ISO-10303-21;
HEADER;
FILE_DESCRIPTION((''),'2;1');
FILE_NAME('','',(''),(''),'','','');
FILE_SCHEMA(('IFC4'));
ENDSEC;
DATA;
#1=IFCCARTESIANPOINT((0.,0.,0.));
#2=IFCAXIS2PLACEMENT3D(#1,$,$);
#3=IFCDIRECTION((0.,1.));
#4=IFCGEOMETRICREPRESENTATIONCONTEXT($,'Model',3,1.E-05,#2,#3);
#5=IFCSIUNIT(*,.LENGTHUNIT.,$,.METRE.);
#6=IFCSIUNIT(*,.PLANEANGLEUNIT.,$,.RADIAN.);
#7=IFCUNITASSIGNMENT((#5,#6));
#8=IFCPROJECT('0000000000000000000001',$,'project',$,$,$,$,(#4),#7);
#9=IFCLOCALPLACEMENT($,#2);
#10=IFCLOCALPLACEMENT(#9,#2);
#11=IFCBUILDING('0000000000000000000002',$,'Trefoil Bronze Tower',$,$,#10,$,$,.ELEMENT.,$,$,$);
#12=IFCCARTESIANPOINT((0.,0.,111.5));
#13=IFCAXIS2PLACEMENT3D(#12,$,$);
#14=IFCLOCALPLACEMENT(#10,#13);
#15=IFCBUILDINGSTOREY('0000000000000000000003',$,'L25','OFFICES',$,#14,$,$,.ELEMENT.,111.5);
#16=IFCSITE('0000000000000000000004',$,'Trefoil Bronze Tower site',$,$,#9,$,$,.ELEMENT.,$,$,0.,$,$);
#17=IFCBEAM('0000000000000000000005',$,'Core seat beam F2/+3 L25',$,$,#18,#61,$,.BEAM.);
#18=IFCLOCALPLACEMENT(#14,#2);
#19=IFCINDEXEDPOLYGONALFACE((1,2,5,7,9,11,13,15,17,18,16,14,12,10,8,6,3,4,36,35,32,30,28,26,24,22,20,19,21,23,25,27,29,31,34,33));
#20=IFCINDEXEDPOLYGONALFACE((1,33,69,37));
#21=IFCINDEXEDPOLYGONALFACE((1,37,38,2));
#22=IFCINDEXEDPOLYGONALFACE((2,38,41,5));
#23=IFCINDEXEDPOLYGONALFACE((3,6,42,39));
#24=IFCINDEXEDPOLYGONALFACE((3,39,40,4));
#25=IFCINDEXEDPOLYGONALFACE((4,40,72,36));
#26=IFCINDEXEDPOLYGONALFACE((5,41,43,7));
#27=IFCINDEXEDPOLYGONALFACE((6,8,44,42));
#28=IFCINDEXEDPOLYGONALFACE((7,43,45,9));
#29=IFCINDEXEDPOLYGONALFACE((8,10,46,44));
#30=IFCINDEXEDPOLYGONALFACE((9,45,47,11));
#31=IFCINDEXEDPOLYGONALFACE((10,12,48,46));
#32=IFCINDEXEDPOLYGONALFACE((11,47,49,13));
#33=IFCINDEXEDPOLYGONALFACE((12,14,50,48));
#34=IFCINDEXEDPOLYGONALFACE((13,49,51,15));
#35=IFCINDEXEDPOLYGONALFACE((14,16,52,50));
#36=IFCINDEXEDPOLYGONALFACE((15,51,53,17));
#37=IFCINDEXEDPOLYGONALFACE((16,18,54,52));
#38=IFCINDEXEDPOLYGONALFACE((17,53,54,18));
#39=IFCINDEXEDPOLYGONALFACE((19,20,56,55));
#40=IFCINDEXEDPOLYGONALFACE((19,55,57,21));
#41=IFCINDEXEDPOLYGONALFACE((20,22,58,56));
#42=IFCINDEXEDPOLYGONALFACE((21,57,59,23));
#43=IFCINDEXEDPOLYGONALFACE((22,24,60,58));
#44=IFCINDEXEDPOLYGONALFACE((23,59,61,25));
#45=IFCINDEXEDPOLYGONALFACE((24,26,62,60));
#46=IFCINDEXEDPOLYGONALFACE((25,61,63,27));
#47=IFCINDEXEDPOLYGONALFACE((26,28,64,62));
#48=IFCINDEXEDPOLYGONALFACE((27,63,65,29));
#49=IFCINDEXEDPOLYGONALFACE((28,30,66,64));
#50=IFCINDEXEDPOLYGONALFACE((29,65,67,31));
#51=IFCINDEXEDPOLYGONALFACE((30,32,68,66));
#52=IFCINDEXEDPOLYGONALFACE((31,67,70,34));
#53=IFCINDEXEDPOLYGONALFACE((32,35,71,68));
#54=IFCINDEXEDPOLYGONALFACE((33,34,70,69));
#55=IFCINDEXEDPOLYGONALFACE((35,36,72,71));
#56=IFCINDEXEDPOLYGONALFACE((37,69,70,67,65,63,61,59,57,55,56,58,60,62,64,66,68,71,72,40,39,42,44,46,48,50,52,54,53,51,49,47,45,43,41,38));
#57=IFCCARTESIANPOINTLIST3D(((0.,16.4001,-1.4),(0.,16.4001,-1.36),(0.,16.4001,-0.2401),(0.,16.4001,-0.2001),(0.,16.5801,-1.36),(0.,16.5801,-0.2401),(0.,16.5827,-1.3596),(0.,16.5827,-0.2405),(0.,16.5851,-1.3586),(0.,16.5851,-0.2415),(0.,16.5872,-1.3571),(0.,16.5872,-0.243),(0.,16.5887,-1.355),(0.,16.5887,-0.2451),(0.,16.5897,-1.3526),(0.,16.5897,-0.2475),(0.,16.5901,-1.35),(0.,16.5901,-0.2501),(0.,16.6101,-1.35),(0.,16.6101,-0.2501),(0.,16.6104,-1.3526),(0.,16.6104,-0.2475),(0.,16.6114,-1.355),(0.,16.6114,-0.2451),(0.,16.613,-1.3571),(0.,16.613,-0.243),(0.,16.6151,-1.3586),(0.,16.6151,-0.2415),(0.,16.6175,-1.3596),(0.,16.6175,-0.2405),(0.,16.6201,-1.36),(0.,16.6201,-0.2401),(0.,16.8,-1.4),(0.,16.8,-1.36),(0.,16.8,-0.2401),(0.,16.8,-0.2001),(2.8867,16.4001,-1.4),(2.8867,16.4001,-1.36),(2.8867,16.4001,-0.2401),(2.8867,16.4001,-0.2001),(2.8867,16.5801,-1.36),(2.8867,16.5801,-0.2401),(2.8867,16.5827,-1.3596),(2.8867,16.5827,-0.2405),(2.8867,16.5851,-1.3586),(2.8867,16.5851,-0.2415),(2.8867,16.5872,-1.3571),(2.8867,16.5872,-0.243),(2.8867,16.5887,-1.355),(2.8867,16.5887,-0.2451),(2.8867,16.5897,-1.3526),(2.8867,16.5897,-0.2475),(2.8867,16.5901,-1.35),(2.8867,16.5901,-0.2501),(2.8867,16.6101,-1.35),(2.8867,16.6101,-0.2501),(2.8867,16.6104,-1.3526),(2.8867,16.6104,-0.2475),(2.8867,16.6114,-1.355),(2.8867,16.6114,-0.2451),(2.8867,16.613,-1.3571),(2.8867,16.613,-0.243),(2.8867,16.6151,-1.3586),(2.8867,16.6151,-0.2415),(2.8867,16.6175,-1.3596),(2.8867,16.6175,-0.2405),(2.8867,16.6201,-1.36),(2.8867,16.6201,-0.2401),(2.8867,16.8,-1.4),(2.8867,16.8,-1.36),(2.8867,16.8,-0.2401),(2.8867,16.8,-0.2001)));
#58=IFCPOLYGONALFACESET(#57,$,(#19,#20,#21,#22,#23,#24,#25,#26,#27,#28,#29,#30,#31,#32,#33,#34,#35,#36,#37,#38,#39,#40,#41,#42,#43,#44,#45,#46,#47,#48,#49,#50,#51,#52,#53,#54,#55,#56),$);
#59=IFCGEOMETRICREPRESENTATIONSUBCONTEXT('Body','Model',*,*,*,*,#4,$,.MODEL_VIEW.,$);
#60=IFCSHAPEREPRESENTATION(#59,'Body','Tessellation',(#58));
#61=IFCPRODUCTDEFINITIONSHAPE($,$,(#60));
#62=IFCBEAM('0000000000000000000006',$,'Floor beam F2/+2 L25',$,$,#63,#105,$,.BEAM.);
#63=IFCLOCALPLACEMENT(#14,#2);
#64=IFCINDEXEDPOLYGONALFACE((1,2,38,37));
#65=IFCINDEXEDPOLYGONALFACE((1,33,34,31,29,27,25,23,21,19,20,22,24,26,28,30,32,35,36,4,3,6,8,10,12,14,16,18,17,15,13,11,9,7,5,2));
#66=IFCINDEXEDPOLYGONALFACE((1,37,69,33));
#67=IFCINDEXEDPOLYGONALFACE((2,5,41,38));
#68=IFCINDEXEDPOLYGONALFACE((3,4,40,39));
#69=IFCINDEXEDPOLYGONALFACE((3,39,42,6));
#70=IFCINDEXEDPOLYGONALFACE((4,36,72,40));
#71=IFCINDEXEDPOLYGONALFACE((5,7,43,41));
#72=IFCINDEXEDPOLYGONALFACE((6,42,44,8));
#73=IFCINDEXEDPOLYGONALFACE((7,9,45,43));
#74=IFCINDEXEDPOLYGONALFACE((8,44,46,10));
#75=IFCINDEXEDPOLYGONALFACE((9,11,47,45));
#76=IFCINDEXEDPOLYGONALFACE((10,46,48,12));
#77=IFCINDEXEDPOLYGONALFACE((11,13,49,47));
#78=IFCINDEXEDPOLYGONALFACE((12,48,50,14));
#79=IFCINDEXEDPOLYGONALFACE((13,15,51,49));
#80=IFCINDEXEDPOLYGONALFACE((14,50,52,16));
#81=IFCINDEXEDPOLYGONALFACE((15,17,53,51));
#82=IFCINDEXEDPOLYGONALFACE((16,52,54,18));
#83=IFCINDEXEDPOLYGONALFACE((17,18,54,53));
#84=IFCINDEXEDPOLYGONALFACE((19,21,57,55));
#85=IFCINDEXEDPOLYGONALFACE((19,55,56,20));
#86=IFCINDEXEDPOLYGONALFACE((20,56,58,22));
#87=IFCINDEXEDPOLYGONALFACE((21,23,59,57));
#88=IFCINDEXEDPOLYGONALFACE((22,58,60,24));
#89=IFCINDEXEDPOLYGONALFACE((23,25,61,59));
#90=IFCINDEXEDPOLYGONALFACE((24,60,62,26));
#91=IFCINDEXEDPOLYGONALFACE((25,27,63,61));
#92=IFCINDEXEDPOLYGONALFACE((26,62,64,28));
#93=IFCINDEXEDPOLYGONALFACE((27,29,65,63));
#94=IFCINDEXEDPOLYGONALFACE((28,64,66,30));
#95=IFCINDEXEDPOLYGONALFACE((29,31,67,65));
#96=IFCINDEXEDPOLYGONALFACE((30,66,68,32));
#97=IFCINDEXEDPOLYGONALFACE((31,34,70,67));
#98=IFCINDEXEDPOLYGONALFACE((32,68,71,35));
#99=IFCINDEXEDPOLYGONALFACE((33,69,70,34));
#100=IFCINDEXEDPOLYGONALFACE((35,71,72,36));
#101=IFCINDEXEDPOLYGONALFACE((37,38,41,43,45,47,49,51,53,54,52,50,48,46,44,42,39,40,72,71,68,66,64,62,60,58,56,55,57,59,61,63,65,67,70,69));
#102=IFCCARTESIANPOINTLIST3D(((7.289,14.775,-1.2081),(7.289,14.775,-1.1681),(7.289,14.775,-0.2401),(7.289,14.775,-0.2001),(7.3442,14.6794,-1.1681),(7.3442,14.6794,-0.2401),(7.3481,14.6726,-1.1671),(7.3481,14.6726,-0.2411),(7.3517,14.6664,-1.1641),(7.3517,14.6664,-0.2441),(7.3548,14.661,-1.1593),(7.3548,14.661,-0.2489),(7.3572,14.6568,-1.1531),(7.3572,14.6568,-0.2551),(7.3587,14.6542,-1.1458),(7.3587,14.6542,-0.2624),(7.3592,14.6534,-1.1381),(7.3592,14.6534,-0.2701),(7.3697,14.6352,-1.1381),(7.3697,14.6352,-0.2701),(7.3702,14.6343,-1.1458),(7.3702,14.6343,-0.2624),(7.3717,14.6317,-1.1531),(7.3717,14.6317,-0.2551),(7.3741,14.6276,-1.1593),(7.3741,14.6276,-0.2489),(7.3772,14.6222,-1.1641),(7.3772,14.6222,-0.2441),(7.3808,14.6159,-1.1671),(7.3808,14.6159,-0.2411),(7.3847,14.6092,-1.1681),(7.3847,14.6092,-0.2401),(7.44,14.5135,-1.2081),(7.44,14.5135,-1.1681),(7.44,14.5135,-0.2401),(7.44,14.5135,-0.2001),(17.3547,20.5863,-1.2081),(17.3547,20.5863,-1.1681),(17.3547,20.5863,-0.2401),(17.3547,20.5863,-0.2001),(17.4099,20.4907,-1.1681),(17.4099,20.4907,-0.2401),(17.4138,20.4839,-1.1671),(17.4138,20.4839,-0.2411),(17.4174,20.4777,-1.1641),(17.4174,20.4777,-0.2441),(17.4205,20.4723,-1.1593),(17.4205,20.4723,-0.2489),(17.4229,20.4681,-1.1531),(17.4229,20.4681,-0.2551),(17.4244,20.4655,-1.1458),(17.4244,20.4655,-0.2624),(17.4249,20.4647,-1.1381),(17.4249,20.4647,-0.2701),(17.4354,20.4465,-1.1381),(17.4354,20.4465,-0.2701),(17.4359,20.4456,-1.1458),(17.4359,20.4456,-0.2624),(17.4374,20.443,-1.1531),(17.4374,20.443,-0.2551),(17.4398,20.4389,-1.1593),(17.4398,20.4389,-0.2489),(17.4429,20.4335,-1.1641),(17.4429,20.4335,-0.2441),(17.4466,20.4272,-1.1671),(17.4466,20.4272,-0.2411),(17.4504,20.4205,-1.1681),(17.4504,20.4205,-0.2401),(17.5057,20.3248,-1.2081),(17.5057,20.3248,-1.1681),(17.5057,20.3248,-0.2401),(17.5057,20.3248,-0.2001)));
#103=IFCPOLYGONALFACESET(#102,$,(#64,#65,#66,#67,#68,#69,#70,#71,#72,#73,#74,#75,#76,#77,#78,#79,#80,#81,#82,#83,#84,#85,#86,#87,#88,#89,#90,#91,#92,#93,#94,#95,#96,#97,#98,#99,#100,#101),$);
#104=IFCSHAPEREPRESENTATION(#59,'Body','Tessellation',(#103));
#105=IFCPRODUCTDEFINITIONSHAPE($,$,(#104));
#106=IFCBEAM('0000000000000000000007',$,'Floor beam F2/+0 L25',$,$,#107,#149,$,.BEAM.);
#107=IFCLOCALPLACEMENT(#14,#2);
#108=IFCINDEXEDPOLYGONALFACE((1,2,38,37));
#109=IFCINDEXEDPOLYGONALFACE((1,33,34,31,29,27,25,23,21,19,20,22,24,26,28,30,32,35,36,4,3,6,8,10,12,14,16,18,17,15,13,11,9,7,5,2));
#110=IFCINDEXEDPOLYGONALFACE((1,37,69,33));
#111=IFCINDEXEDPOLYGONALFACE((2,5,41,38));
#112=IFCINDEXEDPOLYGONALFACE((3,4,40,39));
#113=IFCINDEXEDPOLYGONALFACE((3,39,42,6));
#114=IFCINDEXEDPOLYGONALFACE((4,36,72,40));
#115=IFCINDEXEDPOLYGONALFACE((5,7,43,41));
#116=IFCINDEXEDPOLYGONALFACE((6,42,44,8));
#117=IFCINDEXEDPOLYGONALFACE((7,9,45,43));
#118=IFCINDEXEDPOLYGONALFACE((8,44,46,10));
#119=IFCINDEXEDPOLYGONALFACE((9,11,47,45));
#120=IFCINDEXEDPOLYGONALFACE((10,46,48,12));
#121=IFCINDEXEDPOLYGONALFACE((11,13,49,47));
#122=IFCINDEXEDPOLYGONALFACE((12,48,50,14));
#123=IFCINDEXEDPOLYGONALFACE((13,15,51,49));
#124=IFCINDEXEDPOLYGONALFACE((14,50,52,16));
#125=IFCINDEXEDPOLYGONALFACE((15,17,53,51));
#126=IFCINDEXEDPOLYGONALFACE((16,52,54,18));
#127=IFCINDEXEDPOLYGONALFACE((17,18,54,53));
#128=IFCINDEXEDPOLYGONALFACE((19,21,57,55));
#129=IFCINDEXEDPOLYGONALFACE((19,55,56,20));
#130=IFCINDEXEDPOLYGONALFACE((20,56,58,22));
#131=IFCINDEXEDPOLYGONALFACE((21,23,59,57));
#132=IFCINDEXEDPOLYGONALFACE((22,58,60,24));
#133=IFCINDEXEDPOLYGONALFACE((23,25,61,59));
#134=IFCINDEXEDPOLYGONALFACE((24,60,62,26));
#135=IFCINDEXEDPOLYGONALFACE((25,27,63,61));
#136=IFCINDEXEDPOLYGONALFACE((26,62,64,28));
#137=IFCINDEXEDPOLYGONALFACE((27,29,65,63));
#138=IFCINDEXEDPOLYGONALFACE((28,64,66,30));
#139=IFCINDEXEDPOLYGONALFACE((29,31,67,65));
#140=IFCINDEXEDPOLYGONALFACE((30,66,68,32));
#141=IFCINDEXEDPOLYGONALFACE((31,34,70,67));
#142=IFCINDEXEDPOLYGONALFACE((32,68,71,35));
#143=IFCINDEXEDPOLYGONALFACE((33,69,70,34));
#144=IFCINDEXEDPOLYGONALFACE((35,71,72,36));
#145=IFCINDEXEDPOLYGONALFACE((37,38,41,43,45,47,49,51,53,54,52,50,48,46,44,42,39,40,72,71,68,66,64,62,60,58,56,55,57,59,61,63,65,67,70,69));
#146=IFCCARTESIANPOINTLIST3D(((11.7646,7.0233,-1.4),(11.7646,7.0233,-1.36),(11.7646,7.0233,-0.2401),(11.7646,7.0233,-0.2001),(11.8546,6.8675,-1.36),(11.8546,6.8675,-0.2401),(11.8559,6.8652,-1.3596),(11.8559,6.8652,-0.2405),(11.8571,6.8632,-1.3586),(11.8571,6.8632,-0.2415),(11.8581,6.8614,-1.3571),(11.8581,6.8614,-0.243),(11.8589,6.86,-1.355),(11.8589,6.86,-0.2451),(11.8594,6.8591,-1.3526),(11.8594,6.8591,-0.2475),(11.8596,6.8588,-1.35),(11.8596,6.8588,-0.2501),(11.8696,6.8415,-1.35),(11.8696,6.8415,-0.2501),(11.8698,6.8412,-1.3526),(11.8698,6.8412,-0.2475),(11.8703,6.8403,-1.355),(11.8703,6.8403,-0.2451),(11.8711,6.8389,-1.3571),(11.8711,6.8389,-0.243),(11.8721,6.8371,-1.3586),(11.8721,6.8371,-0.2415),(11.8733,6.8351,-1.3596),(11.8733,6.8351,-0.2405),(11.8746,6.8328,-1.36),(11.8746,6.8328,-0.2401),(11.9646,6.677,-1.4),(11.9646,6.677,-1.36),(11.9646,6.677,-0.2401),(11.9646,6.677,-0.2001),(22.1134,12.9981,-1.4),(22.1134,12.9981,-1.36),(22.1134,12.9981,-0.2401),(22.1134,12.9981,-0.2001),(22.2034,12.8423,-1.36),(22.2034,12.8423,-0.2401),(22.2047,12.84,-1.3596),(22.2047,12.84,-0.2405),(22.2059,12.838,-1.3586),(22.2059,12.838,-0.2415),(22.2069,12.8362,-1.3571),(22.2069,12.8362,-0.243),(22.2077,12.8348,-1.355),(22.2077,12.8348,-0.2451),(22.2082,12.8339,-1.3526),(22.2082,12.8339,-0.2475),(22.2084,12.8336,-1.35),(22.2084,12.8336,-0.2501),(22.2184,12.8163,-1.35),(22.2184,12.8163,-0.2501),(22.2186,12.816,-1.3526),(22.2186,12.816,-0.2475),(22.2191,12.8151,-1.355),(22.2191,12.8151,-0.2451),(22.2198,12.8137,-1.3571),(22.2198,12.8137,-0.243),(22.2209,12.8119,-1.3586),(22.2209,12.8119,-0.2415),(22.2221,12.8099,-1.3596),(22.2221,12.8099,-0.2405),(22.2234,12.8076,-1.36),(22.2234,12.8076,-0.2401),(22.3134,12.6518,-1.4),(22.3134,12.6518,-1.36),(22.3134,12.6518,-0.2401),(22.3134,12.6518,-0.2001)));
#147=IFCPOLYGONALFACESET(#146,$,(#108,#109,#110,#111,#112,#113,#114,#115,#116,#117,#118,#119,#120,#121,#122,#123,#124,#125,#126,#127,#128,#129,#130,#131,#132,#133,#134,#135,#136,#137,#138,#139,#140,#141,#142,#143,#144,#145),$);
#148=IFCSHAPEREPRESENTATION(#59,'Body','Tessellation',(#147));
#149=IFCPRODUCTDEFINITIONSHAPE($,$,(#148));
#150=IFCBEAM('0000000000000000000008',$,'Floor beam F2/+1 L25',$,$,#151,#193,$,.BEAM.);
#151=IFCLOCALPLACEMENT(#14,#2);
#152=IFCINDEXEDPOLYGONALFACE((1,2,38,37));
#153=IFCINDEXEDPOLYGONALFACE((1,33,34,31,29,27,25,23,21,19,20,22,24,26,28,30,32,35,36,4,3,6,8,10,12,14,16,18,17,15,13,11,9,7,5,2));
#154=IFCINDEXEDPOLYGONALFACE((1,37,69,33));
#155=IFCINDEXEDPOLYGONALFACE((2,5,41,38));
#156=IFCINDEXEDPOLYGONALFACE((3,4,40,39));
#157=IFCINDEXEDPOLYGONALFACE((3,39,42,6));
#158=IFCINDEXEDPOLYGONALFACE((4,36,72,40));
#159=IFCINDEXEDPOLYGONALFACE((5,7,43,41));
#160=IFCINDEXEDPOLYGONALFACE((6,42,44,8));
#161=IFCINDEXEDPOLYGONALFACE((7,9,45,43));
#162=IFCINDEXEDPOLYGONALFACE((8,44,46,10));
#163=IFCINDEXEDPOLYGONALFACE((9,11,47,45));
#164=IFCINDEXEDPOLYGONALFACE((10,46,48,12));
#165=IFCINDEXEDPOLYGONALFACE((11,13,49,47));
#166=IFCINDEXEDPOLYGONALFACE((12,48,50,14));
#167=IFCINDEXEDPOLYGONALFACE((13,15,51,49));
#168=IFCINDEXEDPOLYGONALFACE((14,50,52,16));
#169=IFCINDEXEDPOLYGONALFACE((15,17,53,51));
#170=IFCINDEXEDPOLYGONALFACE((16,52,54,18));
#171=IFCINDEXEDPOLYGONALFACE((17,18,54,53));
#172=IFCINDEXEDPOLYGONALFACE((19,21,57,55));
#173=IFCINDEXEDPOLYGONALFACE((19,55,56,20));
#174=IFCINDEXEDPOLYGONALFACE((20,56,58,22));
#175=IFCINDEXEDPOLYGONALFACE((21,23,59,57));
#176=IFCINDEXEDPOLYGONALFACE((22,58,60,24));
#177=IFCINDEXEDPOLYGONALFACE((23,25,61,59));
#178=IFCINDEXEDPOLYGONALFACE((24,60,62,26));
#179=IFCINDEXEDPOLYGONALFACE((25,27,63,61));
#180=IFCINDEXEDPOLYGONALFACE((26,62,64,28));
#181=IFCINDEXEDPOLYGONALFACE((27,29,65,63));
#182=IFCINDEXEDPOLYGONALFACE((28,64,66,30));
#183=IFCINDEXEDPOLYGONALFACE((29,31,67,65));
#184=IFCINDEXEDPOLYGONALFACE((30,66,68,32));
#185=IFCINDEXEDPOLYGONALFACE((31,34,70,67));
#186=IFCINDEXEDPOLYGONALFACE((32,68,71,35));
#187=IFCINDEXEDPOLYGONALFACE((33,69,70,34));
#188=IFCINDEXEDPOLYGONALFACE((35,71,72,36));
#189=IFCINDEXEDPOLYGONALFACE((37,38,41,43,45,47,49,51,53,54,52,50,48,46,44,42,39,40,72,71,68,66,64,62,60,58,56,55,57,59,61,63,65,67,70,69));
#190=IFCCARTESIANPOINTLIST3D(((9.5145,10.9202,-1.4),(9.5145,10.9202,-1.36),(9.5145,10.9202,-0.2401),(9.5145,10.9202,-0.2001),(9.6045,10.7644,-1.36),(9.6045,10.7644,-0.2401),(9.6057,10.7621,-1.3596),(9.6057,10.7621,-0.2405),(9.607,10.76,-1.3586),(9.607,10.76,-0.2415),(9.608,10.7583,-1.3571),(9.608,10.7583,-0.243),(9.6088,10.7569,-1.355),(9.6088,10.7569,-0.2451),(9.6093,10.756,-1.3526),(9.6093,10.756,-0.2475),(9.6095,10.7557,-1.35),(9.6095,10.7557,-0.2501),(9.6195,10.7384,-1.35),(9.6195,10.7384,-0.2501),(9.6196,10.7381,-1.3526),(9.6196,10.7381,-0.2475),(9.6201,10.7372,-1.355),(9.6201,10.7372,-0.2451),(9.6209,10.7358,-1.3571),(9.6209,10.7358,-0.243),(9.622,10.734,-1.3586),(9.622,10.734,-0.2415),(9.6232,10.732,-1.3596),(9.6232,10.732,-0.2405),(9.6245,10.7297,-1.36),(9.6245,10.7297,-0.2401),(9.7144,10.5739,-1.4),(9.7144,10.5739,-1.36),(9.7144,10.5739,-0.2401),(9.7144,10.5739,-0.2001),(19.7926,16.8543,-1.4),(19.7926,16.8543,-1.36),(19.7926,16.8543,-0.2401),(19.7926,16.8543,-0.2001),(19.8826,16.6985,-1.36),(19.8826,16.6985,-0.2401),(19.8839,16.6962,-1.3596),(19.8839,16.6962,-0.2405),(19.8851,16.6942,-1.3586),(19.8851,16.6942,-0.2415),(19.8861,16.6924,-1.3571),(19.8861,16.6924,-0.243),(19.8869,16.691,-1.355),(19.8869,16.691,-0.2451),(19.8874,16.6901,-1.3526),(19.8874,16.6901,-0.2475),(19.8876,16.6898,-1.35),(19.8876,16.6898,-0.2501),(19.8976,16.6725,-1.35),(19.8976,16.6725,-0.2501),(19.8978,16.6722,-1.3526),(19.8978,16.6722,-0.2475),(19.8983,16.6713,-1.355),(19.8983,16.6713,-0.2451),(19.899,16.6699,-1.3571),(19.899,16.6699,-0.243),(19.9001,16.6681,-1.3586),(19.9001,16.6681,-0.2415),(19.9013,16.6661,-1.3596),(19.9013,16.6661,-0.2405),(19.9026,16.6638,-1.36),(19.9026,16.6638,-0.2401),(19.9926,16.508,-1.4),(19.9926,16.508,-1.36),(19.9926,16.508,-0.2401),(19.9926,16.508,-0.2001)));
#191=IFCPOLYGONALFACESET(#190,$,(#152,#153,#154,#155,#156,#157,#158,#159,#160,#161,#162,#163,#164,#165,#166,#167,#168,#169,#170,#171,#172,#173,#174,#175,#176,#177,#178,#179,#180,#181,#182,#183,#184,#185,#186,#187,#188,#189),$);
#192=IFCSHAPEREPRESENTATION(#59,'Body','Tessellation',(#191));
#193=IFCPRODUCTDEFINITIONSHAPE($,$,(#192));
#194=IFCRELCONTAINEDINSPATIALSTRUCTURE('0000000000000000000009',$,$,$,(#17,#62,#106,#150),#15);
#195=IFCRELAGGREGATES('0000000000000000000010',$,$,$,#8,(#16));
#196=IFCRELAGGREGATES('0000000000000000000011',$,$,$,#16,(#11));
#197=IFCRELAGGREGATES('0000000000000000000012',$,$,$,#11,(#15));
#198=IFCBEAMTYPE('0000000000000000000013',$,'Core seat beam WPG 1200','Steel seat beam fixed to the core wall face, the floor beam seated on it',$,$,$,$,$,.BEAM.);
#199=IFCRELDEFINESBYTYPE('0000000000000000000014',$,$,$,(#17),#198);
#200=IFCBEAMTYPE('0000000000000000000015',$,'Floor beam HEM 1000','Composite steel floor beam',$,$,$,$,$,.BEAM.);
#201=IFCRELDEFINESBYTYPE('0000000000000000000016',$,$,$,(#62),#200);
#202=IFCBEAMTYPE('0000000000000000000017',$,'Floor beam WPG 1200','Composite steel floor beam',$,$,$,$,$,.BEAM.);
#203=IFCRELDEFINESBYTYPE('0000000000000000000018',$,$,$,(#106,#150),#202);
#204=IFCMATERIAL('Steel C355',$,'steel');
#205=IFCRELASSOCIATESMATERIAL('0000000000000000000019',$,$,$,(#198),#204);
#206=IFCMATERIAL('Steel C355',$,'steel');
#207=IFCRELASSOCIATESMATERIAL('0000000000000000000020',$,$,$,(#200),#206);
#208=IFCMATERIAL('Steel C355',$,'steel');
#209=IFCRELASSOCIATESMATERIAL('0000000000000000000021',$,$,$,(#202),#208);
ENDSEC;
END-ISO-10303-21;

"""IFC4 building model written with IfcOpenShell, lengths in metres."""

from ifc_helpers import new_model, si_unit, direction, frame, origin, origin_2d, place, context, subcontext, project, spatial, i_section, extrude, material, material_profile, profile_set, type_object, element, save


model = new_model("IFC4")

# Units and contexts
model_context = context("Model", 3, precision=1e-05, world=origin(), true_north=direction((0.0, 1.0)))
body_context = subcontext(model_context, "Body", "Model", "MODEL_VIEW")
ifc_project = project(units=[si_unit("LENGTHUNIT", "METRE"), si_unit("PLANEANGLEUNIT", "RADIAN")], contexts=[model_context])

# Site, building, storey
site_placement = place(None, origin())
site = spatial("IfcSite", under=ifc_project, at=site_placement, Name="Trefoil Bronze Tower site", CompositionType="ELEMENT", RefElevation=0.0)
building_placement = place(site_placement, origin())
building = spatial("IfcBuilding", under=site, at=building_placement, Name="Trefoil Bronze Tower", CompositionType="ELEMENT")
storey_placement = place(building_placement, frame((0.0, 0.0, 111.5)))
storey = spatial("IfcBuildingStorey", under=building, at=storey_placement, Name="L25", Description="OFFICES", CompositionType="ELEMENT", Elevation=111.5)

# Beams
ifc_material_1 = material(Name="Steel C355", Category="steel")
ifc_material_profile_1 = material_profile(ifc_material_1, i_section(OverallWidth=0.3999, OverallDepth=1.2, WebThickness=0.02, FlangeThickness=0.04, FilletRadius=0.01, at=origin_2d()), Name="WPG 1200")
ifc_profile_set_1 = profile_set([ifc_material_profile_1], Name="Steel C355")
beam_type_1 = type_object("IfcBeamType", Name="Core seat beam WPG 1200", Description="Steel seat beam fixed to the core wall face, the floor beam seated on it", PredefinedType="BEAM", material=ifc_profile_set_1)
beam_1_placement = place(storey_placement, frame((2.8867, 16.6001, -0.8), z_axis=(-1.0, 0.0, 0.0), x_axis=(0.0, -1.0, 0.0)))
element("IfcBeam", 1, at=beam_1_placement, inside=storey, type_object=beam_type_1, Name="Core seat beam F2/+3 L25", PredefinedType="BEAM", context=body_context, shape_type="SweptSolid", body=[
    extrude(i_section(OverallWidth=0.3999, OverallDepth=1.2, WebThickness=0.02, FlangeThickness=0.04, FilletRadius=0.01, at=origin_2d()), origin(), (0.0, 0.0, 1.0), 2.8867),
])
ifc_material_2 = material(Name="Steel C355", Category="steel")
ifc_material_profile_2 = material_profile(ifc_material_2, i_section(OverallWidth=0.302, OverallDepth=1.0081, WebThickness=0.021, FlangeThickness=0.04, FilletRadius=0.03, at=origin_2d()), Name="HEM 1000")
ifc_profile_set_2 = profile_set([ifc_material_profile_2], Name="Steel C355")
beam_type_2 = type_object("IfcBeamType", Name="Floor beam HEM 1000", Description="Composite steel floor beam", PredefinedType="BEAM", material=ifc_profile_set_2)
beam_2_placement = place(storey_placement, frame((17.4302, 20.4556, -0.7041), z_axis=(-0.866031, -0.499991, 0.0), x_axis=(0.499991, -0.866031, 0.0)))
element("IfcBeam", 2, at=beam_2_placement, inside=storey, type_object=beam_type_2, Name="Floor beam F2/+2 L25", PredefinedType="BEAM", context=body_context, shape_type="SweptSolid", body=[
    extrude(i_section(OverallWidth=0.302, OverallDepth=1.0081, WebThickness=0.021, FlangeThickness=0.04, FilletRadius=0.03, at=origin_2d()), origin(), (0.0, 0.0, 1.0), 11.6228),
])
ifc_material_3 = material(Name="Steel C355", Category="steel")
ifc_material_profile_3 = material_profile(ifc_material_3, i_section(OverallWidth=0.3999, OverallDepth=1.2, WebThickness=0.02, FlangeThickness=0.04, FilletRadius=0.01, at=origin_2d()), Name="WPG 1200")
ifc_profile_set_3 = profile_set([ifc_material_profile_3], Name="Steel C355")
beam_type_3 = type_object("IfcBeamType", Name="Floor beam WPG 1200", Description="Composite steel floor beam", PredefinedType="BEAM", material=ifc_profile_set_3)
beam_3_placement = place(storey_placement, frame((22.2134, 12.825, -0.8), z_axis=(-0.866028, -0.499995, 0.0), x_axis=(0.499995, -0.866028, 0.0)))
element("IfcBeam", 3, at=beam_3_placement, inside=storey, type_object=beam_type_3, Name="Floor beam F2/+0 L25", PredefinedType="BEAM", context=body_context, shape_type="SweptSolid", body=[
    extrude(i_section(OverallWidth=0.3999, OverallDepth=1.2, WebThickness=0.02, FlangeThickness=0.04, FilletRadius=0.01, at=origin_2d()), origin(), (0.0, 0.0, 1.0), 11.9497),
])
beam_4_placement = place(storey_placement, frame((19.8926, 16.6812, -0.8), z_axis=(-0.866024, -0.500002, 0.0), x_axis=(0.500002, -0.866024, 0.0)))
element("IfcBeam", 4, at=beam_4_placement, inside=storey, type_object=beam_type_3, Name="Floor beam F2/+1 L25", PredefinedType="BEAM", context=body_context, shape_type="SweptSolid", body=[
    extrude(i_section(OverallWidth=0.3999, OverallDepth=1.2, WebThickness=0.02, FlangeThickness=0.04, FilletRadius=0.01, at=origin_2d()), origin(), (0.0, 0.0, 1.0), 11.8682),
])

save(model, "model.ifc")
